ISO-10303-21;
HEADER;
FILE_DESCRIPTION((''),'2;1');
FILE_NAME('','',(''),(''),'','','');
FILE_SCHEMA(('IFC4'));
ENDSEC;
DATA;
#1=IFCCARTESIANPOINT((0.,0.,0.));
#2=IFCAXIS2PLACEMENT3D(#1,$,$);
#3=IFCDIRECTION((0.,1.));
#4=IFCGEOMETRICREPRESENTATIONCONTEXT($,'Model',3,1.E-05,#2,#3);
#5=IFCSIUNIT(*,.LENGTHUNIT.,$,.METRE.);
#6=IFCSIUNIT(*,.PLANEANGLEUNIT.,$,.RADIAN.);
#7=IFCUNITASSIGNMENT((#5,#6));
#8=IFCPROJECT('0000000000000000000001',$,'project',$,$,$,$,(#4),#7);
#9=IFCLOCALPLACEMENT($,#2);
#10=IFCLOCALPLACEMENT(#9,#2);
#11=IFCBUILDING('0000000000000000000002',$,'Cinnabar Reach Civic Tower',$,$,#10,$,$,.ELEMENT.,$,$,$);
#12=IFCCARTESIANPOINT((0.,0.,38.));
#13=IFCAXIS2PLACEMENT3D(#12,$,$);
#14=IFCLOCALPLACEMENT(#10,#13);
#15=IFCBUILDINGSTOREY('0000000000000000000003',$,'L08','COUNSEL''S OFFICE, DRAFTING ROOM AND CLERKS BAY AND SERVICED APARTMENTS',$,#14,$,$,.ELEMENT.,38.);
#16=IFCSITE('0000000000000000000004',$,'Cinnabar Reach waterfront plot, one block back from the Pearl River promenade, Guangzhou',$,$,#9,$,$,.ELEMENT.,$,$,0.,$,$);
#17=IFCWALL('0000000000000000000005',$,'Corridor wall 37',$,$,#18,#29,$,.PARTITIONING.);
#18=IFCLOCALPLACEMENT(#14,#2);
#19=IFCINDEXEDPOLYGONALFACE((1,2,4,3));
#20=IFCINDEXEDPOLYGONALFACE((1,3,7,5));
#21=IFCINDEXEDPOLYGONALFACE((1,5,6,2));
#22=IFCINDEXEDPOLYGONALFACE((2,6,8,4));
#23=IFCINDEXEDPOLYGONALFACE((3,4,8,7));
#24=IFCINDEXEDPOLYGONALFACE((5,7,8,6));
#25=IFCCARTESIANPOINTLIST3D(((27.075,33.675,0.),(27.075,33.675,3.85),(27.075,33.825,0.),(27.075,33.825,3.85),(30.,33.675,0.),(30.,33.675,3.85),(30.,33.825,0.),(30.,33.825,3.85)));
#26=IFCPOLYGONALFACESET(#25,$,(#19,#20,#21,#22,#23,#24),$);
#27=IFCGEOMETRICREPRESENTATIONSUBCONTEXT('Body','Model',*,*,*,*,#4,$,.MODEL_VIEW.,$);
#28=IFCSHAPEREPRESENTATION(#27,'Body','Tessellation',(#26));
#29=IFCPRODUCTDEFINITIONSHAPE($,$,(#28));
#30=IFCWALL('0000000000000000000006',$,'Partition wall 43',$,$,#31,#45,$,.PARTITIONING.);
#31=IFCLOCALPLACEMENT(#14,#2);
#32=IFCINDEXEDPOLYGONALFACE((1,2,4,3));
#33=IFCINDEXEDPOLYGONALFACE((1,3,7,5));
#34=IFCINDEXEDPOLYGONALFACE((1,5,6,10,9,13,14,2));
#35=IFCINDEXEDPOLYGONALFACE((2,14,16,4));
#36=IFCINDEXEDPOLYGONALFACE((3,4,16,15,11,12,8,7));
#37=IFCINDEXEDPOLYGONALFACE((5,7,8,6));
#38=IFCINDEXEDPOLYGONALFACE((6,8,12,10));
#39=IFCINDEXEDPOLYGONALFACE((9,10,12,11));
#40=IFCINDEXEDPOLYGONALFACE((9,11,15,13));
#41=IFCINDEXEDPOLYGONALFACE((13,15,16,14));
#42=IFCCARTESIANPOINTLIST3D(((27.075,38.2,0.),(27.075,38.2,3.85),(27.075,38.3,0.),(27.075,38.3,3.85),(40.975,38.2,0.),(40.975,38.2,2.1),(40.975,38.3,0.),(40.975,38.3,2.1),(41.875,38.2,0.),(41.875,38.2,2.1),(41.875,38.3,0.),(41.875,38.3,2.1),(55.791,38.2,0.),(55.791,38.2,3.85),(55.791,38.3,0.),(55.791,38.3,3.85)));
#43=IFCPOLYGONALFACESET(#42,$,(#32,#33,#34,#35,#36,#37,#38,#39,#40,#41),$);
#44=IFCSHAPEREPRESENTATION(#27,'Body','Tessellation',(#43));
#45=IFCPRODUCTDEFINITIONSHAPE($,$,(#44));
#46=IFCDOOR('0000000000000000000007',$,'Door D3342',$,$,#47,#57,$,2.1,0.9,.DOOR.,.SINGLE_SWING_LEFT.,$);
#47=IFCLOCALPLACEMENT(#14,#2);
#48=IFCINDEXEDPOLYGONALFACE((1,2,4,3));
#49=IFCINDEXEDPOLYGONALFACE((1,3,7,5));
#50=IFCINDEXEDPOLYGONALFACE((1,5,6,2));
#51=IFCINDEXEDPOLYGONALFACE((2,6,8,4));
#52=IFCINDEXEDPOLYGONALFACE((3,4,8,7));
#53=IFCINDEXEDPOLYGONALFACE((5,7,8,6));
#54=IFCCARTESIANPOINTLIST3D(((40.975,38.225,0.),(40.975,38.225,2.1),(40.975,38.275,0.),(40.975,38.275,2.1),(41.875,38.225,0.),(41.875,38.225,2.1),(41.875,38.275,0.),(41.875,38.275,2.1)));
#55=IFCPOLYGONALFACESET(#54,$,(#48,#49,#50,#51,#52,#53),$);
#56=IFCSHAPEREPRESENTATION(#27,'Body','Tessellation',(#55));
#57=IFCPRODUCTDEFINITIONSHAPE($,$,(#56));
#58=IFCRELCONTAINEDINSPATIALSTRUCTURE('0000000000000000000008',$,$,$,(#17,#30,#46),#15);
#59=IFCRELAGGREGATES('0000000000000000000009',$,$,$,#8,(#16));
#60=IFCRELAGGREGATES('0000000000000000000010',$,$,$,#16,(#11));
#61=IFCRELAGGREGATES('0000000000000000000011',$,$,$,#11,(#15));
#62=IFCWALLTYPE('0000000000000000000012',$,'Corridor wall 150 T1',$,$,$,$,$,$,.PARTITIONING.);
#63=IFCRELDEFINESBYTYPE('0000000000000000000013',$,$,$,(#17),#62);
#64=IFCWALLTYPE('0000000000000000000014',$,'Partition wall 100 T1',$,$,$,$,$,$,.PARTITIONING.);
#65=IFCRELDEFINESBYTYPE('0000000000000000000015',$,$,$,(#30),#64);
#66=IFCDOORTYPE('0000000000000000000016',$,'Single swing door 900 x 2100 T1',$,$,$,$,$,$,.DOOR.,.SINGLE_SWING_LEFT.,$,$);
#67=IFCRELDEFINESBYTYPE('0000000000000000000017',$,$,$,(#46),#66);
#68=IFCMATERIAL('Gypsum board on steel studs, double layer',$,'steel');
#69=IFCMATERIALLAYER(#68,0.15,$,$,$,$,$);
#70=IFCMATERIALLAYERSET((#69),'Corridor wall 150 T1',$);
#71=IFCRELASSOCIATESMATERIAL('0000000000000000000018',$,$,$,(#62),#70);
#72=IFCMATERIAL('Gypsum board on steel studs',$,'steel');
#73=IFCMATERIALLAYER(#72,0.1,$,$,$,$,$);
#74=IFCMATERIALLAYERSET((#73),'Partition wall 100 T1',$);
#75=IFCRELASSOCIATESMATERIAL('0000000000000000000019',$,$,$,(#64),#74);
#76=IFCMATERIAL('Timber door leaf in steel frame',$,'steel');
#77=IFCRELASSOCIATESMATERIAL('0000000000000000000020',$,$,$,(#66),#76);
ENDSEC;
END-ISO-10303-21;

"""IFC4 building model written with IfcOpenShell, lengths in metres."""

from ifc_helpers import new_model, si_unit, direction, frame, frame_2d, origin, place, context, subcontext, project, spatial, rectangle, extrude, material, layer, layer_set, type_object, element, fill, save


model = new_model("IFC4")

# Units and contexts
model_context = context("Model", 3, precision=1e-05, world=origin(), true_north=direction((0.0, 1.0)))
body_context = subcontext(model_context, "Body", "Model", "MODEL_VIEW")
ifc_project = project(units=[si_unit("LENGTHUNIT", "METRE"), si_unit("PLANEANGLEUNIT", "RADIAN")], contexts=[model_context])

# Site, building, storey
site_placement = place(None, origin())
site = spatial("IfcSite", under=ifc_project, at=site_placement, Name="Cinnabar Reach waterfront plot, one block back from the Pearl River promenade, Guangzhou", CompositionType="ELEMENT", RefElevation=0.0)
building_placement = place(site_placement, origin())
building = spatial("IfcBuilding", under=site, at=building_placement, Name="Cinnabar Reach Civic Tower", CompositionType="ELEMENT")
storey_placement = place(building_placement, frame((0.0, 0.0, 38.0)))
storey = spatial("IfcBuildingStorey", under=building, at=storey_placement, Name="L08", Description="COUNSEL'S OFFICE, DRAFTING ROOM AND CLERKS BAY AND SERVICED APARTMENTS", CompositionType="ELEMENT", Elevation=38.0)

# Shared definitions
ifc_material_1 = material(Name="Gypsum board on steel studs, double layer", Category="steel")
ifc_layer_1 = layer(ifc_material_1, 0.15)
ifc_layer_set_1 = layer_set([ifc_layer_1], Name="Corridor wall 150 T1")
wall_type_1 = type_object("IfcWallType", Name="Corridor wall 150 T1", PredefinedType="PARTITIONING", material=ifc_layer_set_1)

# Shared definitions
ifc_material_2 = material(Name="Timber door leaf in steel frame", Category="steel")

# Wall
wall_1_placement = place(storey_placement, frame((27.075, 33.75, 0.0), z_axis=(0.0, 0.0, 1.0), x_axis=(1.0, 0.0, 0.0)))
element("IfcWall", 1, at=wall_1_placement, inside=storey, type_object=wall_type_1, Name="Corridor wall 37", PredefinedType="PARTITIONING", context=body_context, shape_type="SweptSolid", body=[
    extrude(rectangle(XDim=2.925, YDim=0.15, at=frame_2d((1.4625, 0.0))), origin(), (0.0, 0.0, 1.0), 3.85),
])

# Wall, opening, door
ifc_material_3 = material(Name="Gypsum board on steel studs", Category="steel")
ifc_layer_2 = layer(ifc_material_3, 0.1)
ifc_layer_set_2 = layer_set([ifc_layer_2], Name="Partition wall 100 T1")
wall_type_2 = type_object("IfcWallType", Name="Partition wall 100 T1", PredefinedType="PARTITIONING", material=ifc_layer_set_2)
wall_2_placement = place(storey_placement, frame((27.075, 38.25, 0.0), z_axis=(0.0, 0.0, 1.0), x_axis=(1.0, 0.0, 0.0)))
wall_2 = element("IfcWall", 2, at=wall_2_placement, inside=storey, type_object=wall_type_2, Name="Partition wall 43", PredefinedType="PARTITIONING", context=body_context, shape_type="SweptSolid", body=[
    extrude(rectangle(XDim=28.7159, YDim=0.1, at=frame_2d((14.358, 0.0))), origin(), (0.0, 0.0, 1.0), 3.85),
])
opening_1_placement = place(wall_2_placement, frame((13.9, 0.0, 0.0)))
opening_1 = element("IfcOpeningElement", 3, at=opening_1_placement, cuts=wall_2, PredefinedType="OPENING", context=body_context, shape_type="SweptSolid", body=[
    extrude(rectangle(XDim=0.9, YDim=2.1, at=frame_2d((0.45, 1.05))), frame((0.0, 0.06, 0.0), z_axis=(0.0, -1.0, 0.0), x_axis=(1.0, 0.0, 0.0)), (0.0, 0.0, 1.0), 0.12),
])
door_type_1 = type_object("IfcDoorType", Name="Single swing door 900 x 2100 T1", OperationType="SINGLE_SWING_LEFT", PredefinedType="DOOR", material=ifc_material_2)
door_1_placement = place(opening_1_placement, origin())
door_1 = element("IfcDoor", 4, at=door_1_placement, inside=storey, type_object=door_type_1, Name="Door D3342", OperationType="SINGLE_SWING_LEFT", OverallHeight=2.1, OverallWidth=0.9, PredefinedType="DOOR", context=body_context, shape_type="SweptSolid", body=[
    extrude(rectangle(XDim=0.9, YDim=2.1, at=frame_2d((0.45, 1.05))), frame((0.0, 0.025, 0.0), z_axis=(0.0, -1.0, 0.0), x_axis=(1.0, 0.0, 0.0)), (0.0, 0.0, 1.0), 0.05),
])
fill(opening_1, door_1)

save(model, "model.ifc")
